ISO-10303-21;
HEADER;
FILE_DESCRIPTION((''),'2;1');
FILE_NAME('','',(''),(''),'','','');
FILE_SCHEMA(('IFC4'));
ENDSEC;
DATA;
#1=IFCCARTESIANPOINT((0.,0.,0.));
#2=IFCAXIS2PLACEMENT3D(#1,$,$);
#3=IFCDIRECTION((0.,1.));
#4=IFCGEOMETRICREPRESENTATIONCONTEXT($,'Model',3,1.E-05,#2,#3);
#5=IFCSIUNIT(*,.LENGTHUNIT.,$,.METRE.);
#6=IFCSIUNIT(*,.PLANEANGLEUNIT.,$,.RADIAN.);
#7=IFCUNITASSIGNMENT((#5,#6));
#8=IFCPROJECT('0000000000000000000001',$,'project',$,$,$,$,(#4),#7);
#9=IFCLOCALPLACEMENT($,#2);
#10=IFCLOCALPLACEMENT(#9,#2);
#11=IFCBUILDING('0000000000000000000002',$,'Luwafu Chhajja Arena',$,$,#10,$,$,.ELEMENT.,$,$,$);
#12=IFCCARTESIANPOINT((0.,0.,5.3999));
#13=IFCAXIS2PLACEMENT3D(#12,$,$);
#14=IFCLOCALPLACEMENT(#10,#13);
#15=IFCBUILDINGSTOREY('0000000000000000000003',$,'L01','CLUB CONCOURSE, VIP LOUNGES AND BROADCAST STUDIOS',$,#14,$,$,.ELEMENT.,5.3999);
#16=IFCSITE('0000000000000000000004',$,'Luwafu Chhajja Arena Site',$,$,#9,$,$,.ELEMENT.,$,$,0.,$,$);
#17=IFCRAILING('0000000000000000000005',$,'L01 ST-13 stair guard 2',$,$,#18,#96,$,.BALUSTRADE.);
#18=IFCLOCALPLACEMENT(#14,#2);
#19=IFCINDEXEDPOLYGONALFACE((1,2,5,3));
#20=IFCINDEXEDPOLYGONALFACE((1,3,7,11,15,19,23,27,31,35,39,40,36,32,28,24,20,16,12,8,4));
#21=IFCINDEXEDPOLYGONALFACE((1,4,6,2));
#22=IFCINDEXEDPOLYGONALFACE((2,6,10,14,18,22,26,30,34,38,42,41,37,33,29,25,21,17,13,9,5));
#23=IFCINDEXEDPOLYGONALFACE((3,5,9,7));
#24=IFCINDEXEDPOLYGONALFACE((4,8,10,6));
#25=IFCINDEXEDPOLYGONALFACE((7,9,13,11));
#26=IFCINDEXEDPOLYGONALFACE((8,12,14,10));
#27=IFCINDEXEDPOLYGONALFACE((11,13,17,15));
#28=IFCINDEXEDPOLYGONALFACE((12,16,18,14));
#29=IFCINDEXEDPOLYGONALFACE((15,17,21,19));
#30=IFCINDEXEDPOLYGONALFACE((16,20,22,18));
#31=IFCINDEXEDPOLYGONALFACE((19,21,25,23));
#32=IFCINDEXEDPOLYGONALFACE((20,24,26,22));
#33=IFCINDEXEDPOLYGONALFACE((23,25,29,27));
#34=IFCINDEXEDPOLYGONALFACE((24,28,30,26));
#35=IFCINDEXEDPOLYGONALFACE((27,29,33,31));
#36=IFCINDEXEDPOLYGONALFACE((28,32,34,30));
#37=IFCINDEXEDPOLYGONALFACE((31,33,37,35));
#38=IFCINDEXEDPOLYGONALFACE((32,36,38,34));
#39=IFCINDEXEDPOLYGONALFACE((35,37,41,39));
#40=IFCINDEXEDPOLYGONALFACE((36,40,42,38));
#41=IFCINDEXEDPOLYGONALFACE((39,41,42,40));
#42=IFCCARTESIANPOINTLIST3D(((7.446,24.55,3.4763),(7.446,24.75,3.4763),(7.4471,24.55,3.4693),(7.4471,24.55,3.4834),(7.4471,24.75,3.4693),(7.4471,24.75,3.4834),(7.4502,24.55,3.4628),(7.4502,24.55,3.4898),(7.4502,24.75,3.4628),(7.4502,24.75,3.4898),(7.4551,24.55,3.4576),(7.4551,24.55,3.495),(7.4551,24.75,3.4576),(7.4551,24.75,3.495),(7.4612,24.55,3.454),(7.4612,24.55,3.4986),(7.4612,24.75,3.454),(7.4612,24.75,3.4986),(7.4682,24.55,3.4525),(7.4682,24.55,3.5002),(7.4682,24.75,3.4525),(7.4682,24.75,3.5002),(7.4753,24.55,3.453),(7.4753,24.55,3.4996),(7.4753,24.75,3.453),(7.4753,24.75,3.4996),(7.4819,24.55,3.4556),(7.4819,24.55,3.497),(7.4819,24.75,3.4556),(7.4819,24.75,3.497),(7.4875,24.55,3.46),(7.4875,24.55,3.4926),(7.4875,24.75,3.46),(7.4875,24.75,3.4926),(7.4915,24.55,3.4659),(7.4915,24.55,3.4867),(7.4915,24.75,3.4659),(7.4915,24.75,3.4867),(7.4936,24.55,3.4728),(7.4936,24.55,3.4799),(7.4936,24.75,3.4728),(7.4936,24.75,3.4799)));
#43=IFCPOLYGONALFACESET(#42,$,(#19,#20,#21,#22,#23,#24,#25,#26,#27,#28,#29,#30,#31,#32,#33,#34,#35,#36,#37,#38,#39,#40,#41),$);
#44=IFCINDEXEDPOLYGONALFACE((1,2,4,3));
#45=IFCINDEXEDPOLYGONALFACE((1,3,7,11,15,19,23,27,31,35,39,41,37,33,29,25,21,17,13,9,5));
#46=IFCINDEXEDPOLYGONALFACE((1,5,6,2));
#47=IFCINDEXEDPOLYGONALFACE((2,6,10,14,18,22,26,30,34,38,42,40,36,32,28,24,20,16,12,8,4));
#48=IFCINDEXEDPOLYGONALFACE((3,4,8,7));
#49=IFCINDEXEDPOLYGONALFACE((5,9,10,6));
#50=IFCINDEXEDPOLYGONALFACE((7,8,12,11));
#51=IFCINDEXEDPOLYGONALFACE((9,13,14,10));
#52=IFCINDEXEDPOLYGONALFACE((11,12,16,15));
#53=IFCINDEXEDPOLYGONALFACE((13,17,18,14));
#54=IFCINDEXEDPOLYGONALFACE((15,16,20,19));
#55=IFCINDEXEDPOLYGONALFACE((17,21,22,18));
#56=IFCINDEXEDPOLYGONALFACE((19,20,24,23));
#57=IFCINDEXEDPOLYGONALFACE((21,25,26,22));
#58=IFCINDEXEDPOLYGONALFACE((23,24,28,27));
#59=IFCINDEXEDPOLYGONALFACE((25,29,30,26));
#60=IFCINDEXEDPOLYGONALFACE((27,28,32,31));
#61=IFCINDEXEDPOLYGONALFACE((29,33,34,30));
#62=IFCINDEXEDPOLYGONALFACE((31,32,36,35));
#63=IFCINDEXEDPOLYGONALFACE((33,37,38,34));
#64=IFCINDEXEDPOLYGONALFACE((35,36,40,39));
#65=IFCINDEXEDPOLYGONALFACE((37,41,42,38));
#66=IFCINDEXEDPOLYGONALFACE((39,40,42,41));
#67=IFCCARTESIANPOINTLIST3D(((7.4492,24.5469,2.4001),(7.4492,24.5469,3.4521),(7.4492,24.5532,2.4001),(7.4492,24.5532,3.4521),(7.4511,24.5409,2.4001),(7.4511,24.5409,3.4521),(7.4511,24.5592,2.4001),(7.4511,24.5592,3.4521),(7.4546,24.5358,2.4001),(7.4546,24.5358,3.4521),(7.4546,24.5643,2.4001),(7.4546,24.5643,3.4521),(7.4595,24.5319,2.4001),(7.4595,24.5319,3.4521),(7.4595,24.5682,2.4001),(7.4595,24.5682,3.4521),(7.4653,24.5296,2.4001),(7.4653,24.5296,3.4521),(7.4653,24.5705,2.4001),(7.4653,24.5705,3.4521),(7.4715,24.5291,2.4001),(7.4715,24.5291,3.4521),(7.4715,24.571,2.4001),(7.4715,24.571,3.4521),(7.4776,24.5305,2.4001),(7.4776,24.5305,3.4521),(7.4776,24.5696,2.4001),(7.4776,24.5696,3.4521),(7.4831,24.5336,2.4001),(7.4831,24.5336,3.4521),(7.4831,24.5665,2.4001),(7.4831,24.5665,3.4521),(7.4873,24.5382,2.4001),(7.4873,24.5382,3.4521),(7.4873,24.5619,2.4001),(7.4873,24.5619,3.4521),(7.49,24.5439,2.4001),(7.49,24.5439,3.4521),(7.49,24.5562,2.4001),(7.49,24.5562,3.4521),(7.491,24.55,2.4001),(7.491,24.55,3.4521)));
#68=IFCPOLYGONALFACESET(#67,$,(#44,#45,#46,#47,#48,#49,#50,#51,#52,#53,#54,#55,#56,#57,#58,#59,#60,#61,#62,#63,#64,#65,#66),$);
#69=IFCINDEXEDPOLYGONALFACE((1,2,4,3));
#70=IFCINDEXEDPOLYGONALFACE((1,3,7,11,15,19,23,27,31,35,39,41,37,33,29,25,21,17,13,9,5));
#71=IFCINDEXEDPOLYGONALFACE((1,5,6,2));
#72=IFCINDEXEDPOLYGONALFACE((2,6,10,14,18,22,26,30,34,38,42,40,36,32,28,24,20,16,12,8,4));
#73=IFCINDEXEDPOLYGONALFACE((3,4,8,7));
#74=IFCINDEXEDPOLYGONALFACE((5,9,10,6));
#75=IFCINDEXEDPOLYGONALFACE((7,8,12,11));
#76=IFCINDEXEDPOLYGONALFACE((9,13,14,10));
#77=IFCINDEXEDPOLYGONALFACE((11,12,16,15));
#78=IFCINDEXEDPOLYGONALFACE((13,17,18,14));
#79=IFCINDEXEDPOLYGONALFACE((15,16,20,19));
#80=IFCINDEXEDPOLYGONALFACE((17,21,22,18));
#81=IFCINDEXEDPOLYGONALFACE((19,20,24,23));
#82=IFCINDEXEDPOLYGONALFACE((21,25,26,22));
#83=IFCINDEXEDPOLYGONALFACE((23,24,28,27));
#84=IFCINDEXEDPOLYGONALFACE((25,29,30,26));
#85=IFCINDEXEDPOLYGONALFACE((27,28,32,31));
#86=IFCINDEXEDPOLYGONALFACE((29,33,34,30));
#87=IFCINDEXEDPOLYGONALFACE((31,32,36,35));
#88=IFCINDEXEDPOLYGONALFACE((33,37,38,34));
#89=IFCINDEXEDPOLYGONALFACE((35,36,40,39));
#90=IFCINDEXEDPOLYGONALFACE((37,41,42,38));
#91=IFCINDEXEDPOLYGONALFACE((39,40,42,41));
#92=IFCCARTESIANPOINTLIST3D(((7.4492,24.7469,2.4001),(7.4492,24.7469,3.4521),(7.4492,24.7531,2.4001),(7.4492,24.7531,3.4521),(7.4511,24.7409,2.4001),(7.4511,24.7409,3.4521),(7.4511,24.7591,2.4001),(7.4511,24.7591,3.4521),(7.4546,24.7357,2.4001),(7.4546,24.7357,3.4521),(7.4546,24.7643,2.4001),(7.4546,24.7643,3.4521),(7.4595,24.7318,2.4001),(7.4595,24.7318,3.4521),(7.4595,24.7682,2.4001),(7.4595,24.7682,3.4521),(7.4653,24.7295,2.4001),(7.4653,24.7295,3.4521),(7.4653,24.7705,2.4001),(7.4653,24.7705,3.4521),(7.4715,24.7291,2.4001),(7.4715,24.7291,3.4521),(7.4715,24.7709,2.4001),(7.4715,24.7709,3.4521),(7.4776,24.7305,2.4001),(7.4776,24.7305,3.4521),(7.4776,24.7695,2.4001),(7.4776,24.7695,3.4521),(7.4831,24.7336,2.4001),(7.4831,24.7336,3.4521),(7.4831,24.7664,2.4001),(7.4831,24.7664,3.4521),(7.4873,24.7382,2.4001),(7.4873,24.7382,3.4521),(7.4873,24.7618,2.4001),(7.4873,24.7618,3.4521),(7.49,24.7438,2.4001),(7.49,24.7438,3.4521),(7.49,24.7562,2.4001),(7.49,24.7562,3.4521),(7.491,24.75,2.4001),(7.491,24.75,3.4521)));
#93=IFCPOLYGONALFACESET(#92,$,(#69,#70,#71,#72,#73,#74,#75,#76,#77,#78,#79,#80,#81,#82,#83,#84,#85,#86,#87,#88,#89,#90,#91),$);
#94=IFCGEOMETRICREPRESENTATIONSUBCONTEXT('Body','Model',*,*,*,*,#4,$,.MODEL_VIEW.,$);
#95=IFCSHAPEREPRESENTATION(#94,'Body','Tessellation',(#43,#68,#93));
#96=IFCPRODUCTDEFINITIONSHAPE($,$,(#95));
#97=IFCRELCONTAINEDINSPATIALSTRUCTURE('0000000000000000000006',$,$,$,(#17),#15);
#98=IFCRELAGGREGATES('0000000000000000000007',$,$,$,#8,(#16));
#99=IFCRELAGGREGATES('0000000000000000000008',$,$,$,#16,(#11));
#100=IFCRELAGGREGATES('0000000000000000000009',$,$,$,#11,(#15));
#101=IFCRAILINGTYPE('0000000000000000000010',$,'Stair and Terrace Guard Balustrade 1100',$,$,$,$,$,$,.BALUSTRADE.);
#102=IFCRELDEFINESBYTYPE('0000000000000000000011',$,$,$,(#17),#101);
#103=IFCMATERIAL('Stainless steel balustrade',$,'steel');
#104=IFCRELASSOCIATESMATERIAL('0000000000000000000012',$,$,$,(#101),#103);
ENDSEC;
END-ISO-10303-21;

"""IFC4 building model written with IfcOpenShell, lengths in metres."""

from ifc_helpers import new_model, si_unit, direction, frame, origin, origin_2d, place, context, subcontext, project, spatial, circle, extrude, material, type_object, element, save


model = new_model("IFC4")

# Units and contexts
model_context = context("Model", 3, precision=1e-05, world=origin(), true_north=direction((0.0, 1.0)))
body_context = subcontext(model_context, "Body", "Model", "MODEL_VIEW")
ifc_project = project(units=[si_unit("LENGTHUNIT", "METRE"), si_unit("PLANEANGLEUNIT", "RADIAN")], contexts=[model_context])

# Site, building, storey
site_placement = place(None, origin())
site = spatial("IfcSite", under=ifc_project, at=site_placement, Name="Luwafu Chhajja Arena Site", CompositionType="ELEMENT", RefElevation=0.0)
building_placement = place(site_placement, origin())
building = spatial("IfcBuilding", under=site, at=building_placement, Name="Luwafu Chhajja Arena", CompositionType="ELEMENT")
storey_placement = place(building_placement, frame((0.0, 0.0, 5.3999)))
storey = spatial("IfcBuildingStorey", under=building, at=storey_placement, Name="L01", Description="CLUB CONCOURSE, VIP LOUNGES AND BROADCAST STUDIOS", CompositionType="ELEMENT", Elevation=5.3999)

# Railing
ifc_material_1 = material(Name="Stainless steel balustrade", Category="steel")
railing_type_1 = type_object("IfcRailingType", Name="Stair and Terrace Guard Balustrade 1100", PredefinedType="BALUSTRADE", material=ifc_material_1)
railing_1_placement = place(storey_placement, frame((7.47, 24.55, 2.4001)))
element("IfcRailing", 1, at=railing_1_placement, inside=storey, type_object=railing_type_1, Name="L01 ST-13 stair guard 2", PredefinedType="BALUSTRADE", context=body_context, shape_type="SweptSolid", body=[
    extrude(circle(Radius=0.0239, at=origin_2d()), frame((0.0, 0.0, 1.0762), z_axis=(0.0, 1.0, 0.0), x_axis=(-1.0, 0.0, 0.0)), (0.0, 0.0, 1.0), 0.2),
    extrude(circle(Radius=0.021, at=origin_2d()), origin(), (0.0, 0.0, 1.0), 1.052),
    extrude(circle(Radius=0.021, at=origin_2d()), frame((0.0, 0.2, 0.0)), (0.0, 0.0, 1.0), 1.052),
])

save(model, "model.ifc")
